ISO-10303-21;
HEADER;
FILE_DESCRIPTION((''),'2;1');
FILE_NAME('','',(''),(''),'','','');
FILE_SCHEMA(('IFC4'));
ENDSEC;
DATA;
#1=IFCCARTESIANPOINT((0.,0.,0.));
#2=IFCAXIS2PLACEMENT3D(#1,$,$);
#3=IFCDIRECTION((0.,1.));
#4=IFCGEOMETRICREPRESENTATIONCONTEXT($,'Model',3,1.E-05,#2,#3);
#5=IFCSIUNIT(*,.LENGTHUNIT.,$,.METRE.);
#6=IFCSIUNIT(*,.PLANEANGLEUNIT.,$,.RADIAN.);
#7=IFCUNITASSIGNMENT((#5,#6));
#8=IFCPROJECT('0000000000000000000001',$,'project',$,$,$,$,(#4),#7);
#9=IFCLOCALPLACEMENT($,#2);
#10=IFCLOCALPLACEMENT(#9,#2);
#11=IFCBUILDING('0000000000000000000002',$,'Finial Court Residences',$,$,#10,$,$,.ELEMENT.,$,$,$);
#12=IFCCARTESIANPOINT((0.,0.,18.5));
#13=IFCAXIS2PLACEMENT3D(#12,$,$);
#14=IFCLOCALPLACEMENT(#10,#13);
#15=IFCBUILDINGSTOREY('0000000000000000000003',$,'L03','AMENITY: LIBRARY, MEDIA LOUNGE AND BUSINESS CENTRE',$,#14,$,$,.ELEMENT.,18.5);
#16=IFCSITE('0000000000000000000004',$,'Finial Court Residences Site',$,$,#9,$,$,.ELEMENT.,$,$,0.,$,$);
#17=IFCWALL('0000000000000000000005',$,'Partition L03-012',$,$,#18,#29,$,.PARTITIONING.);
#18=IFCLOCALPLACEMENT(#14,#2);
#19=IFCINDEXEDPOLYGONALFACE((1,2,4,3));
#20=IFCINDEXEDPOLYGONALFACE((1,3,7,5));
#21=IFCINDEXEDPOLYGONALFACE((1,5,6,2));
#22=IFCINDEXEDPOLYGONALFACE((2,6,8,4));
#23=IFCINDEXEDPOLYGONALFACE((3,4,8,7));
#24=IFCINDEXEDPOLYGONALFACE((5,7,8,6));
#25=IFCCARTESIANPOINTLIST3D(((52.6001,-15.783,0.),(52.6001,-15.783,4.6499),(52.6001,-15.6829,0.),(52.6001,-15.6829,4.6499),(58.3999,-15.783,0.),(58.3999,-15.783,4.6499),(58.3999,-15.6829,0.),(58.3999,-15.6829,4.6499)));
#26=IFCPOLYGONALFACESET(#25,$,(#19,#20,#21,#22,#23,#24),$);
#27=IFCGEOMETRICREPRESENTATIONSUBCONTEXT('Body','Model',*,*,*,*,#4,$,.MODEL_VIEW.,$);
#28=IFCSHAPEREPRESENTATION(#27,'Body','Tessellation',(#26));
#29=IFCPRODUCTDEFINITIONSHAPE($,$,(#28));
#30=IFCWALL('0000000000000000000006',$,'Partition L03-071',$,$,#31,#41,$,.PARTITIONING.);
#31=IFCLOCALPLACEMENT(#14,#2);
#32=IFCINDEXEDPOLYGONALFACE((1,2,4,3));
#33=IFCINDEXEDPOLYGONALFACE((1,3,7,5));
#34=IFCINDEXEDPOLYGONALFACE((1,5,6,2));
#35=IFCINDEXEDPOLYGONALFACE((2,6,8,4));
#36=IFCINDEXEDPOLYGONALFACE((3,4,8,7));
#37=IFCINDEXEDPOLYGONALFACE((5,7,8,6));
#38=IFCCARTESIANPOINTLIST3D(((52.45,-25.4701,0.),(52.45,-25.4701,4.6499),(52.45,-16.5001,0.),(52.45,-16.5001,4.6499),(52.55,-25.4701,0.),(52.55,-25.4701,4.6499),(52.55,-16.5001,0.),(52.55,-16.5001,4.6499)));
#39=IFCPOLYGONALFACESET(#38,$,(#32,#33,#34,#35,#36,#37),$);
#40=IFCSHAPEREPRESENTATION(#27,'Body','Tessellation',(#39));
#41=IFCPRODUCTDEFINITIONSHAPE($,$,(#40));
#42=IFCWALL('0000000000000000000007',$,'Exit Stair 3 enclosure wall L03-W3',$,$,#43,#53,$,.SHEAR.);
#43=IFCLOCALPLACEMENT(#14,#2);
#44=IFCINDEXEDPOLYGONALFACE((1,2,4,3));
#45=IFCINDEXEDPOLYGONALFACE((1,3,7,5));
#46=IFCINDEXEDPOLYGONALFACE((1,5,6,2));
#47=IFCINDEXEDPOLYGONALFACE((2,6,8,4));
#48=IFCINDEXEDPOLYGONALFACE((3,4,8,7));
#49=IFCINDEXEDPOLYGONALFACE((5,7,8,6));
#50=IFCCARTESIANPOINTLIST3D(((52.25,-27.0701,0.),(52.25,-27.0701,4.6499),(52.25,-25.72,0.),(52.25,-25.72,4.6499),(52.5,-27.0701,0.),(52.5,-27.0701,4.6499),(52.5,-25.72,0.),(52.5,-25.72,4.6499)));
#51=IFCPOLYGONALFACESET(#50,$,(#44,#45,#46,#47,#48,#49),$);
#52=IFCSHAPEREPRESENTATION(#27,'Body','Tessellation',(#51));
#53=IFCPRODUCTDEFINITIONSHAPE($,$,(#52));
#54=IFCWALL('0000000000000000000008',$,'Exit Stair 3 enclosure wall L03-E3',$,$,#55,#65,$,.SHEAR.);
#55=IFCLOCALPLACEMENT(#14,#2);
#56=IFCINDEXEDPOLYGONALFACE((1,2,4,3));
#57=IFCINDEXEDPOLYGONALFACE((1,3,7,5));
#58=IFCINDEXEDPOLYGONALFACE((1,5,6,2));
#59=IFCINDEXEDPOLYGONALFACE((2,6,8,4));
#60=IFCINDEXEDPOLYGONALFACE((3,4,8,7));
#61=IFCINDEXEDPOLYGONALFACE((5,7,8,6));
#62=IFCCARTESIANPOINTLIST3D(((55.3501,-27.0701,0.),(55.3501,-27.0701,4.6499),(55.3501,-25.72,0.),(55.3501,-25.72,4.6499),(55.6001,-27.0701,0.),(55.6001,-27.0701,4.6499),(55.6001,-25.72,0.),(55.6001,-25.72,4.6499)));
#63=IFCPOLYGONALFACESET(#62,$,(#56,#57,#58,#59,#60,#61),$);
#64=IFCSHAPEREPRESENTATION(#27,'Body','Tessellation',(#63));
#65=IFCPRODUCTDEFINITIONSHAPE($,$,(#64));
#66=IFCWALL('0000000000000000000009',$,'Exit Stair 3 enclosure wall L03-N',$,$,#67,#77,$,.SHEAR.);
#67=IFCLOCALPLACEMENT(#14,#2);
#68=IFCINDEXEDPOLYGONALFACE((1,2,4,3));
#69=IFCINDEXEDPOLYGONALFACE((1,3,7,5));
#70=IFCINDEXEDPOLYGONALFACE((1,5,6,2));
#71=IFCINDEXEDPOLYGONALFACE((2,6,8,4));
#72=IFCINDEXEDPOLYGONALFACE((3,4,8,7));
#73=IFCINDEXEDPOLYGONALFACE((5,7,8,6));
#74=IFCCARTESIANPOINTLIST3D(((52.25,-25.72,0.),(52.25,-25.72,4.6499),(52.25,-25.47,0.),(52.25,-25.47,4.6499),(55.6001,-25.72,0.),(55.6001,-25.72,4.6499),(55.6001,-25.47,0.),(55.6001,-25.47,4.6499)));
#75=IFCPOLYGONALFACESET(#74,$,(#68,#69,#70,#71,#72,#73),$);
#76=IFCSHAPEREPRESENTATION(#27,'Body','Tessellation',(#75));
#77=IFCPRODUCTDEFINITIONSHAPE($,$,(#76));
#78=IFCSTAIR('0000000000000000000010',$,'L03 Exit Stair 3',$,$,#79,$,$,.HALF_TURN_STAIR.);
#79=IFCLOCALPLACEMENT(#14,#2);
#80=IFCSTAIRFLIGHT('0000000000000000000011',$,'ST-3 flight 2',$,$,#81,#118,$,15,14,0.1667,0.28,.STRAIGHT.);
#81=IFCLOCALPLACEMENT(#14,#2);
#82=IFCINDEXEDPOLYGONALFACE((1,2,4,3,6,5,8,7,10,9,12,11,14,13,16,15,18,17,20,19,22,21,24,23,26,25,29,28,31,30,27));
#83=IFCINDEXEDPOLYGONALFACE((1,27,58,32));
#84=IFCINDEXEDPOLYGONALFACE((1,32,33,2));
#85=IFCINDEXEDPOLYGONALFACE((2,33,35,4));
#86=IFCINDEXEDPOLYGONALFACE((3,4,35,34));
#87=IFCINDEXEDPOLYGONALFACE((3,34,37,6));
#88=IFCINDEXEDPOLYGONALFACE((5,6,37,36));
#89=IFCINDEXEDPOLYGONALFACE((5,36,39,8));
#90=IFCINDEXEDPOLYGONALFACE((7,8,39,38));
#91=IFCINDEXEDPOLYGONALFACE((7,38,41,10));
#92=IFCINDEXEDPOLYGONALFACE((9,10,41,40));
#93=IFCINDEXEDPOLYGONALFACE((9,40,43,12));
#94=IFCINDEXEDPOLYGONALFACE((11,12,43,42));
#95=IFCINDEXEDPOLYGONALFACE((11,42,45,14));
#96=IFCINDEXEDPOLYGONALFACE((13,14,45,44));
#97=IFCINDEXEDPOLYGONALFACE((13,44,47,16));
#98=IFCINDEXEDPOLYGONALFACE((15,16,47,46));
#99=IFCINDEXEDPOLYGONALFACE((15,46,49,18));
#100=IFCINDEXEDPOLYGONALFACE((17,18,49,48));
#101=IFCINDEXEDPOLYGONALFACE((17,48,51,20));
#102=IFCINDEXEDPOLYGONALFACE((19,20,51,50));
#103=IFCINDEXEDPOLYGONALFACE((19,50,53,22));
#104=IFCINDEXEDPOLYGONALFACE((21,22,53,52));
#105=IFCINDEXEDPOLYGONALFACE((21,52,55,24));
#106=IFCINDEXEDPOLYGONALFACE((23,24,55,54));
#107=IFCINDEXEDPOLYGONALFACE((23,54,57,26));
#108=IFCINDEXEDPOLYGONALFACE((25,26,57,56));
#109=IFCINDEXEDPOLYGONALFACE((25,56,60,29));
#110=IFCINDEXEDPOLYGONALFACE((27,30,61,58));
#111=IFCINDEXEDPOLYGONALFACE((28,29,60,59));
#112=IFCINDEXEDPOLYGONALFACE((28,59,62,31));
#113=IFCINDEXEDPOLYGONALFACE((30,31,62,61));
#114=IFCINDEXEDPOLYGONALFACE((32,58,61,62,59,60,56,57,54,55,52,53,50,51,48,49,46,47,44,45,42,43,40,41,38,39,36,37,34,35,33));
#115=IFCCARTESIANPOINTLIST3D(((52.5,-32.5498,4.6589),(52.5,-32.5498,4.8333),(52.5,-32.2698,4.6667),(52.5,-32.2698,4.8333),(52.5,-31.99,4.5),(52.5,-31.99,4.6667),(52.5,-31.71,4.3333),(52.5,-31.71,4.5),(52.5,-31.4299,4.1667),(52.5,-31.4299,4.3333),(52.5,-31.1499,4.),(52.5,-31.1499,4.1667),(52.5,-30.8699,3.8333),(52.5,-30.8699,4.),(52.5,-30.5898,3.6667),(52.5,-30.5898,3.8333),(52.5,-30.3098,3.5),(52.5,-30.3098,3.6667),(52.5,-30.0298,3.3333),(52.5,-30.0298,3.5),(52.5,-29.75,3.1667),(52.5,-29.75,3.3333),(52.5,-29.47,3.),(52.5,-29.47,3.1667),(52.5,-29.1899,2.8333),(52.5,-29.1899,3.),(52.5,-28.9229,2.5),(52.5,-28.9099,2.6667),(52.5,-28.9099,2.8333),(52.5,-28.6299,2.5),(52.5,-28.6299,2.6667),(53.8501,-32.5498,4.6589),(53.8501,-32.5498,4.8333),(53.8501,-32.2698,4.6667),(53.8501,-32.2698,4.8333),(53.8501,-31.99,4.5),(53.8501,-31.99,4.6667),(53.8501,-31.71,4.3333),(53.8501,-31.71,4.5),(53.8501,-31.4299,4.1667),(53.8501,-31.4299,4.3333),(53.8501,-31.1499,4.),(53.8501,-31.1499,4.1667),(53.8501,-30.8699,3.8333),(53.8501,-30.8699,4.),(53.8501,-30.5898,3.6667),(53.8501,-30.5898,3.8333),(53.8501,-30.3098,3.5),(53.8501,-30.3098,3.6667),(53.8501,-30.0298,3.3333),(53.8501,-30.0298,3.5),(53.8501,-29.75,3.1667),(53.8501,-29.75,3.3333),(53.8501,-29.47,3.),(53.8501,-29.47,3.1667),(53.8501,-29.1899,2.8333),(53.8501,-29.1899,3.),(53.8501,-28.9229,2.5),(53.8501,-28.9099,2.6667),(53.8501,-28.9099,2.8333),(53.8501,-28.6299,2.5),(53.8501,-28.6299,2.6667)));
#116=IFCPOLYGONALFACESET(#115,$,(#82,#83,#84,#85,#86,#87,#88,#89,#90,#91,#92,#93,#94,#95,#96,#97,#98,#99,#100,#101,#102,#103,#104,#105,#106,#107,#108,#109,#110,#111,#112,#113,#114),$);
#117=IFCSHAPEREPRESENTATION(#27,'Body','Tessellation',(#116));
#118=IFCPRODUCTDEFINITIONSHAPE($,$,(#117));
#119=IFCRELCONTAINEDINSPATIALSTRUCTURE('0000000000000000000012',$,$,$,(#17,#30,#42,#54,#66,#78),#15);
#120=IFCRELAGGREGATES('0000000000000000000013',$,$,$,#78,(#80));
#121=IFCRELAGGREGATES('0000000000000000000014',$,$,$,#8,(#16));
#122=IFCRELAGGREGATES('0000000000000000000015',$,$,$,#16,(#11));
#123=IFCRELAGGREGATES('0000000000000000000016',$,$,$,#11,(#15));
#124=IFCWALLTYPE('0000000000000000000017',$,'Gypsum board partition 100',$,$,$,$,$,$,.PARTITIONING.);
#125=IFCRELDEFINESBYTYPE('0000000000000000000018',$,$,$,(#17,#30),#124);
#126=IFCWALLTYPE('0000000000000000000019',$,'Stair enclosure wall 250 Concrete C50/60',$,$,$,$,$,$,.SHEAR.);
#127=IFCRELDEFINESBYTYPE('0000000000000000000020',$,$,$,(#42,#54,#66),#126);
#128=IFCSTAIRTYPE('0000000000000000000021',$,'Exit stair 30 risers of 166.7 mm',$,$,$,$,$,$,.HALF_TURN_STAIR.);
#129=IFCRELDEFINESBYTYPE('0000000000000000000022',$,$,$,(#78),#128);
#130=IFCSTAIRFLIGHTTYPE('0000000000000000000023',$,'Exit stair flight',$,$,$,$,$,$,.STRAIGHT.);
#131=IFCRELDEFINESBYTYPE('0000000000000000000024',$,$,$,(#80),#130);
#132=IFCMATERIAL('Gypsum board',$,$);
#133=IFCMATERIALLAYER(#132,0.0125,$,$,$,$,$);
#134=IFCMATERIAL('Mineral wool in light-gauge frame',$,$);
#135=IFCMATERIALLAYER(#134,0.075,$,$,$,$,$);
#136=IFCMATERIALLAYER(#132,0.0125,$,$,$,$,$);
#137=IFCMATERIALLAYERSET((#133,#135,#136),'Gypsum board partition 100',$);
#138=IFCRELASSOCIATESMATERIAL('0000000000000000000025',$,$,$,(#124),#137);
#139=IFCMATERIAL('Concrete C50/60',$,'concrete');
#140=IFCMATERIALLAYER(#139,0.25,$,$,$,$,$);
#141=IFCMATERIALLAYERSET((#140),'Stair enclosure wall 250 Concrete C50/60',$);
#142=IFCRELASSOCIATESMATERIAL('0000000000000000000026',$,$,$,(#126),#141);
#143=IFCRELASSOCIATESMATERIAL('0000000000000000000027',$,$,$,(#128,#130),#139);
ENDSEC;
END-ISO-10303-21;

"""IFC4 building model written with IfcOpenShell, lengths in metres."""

from ifc_helpers import new_model, si_unit, direction, frame, frame_2d, origin, place, context, subcontext, project, spatial, polyline, rectangle, outline, extrude, material, layer, layer_set, type_object, element, aggregate, save


model = new_model("IFC4")

# Units and contexts
model_context = context("Model", 3, precision=1e-05, world=origin(), true_north=direction((0.0, 1.0)))
body_context = subcontext(model_context, "Body", "Model", "MODEL_VIEW")
ifc_project = project(units=[si_unit("LENGTHUNIT", "METRE"), si_unit("PLANEANGLEUNIT", "RADIAN")], contexts=[model_context])

# Site, building, storey
site_placement = place(None, origin())
site = spatial("IfcSite", under=ifc_project, at=site_placement, Name="Finial Court Residences Site", CompositionType="ELEMENT", RefElevation=0.0)
building_placement = place(site_placement, origin())
building = spatial("IfcBuilding", under=site, at=building_placement, Name="Finial Court Residences", CompositionType="ELEMENT")
storey_placement = place(building_placement, frame((0.0, 0.0, 18.5)))
storey = spatial("IfcBuildingStorey", under=building, at=storey_placement, Name="L03", Description="AMENITY: LIBRARY, MEDIA LOUNGE AND BUSINESS CENTRE", CompositionType="ELEMENT", Elevation=18.5)

# Shared definitions
ifc_material_1 = material(Name="Concrete C50/60", Category="concrete")

# Shared definitions
ifc_material_2 = material(Name="Gypsum board")

# Walls
ifc_layer_1 = layer(ifc_material_2, 0.0125)
ifc_material_3 = material(Name="Mineral wool in light-gauge frame")
ifc_layer_2 = layer(ifc_material_3, 0.075)
ifc_layer_3 = layer(ifc_material_2, 0.0125)
ifc_layer_set_1 = layer_set([ifc_layer_1, ifc_layer_2, ifc_layer_3], Name="Gypsum board partition 100")
wall_type_1 = type_object("IfcWallType", Name="Gypsum board partition 100", PredefinedType="PARTITIONING", material=ifc_layer_set_1)
wall_1_placement = place(storey_placement, frame((52.6001, -15.7329, 0.0), z_axis=(0.0, 0.0, 1.0), x_axis=(1.0, 0.0, 0.0)))
element("IfcWall", 1, at=wall_1_placement, inside=storey, type_object=wall_type_1, Name="Partition L03-012", PredefinedType="PARTITIONING", context=body_context, shape_type="SweptSolid", body=[
    extrude(rectangle(XDim=5.7998, YDim=0.1001, at=frame_2d((2.8999, 0.0))), origin(), (0.0, 0.0, 1.0), 4.6499),
])
wall_2_placement = place(storey_placement, frame((52.5, -25.47, 0.0), z_axis=(0.0, 0.0, 1.0), x_axis=(0.0, 1.0, 0.0)))
element("IfcWall", 2, at=wall_2_placement, inside=storey, type_object=wall_type_1, Name="Partition L03-071", PredefinedType="PARTITIONING", context=body_context, shape_type="SweptSolid", body=[
    extrude(rectangle(XDim=8.97, YDim=0.1001, at=frame_2d((4.4849, 0.0))), origin(), (0.0, 0.0, 1.0), 4.6499),
])
ifc_layer_4 = layer(ifc_material_1, 0.25)
ifc_layer_set_2 = layer_set([ifc_layer_4], Name="Stair enclosure wall 250 Concrete C50/60")
wall_type_2 = type_object("IfcWallType", Name="Stair enclosure wall 250 Concrete C50/60", PredefinedType="SHEAR", material=ifc_layer_set_2)
for number, where, z_axis, x_axis, name in (
    (3, (52.375, -27.0701, 0.0), (0.0, 0.0, 1.0), (0.0, 1.0, 0.0), "Exit Stair 3 enclosure wall L03-W3"),
    (4, (55.4751, -27.0701, 0.0), (0.0, 0.0, 1.0), (0.0, 1.0, 0.0), "Exit Stair 3 enclosure wall L03-E3"),
):
    element("IfcWall", number, at=place(storey_placement, frame(where, z_axis=z_axis, x_axis=x_axis)), inside=storey, type_object=wall_type_2, Name=name, PredefinedType="SHEAR", context=body_context, shape_type="SweptSolid", body=[
        extrude(rectangle(XDim=1.3501, YDim=0.25, at=frame_2d((0.675, 0.0))), origin(), (0.0, 0.0, 1.0), 4.6499),
    ])
wall_3_placement = place(storey_placement, frame((52.25, -25.595, 0.0), z_axis=(0.0, 0.0, 1.0), x_axis=(1.0, 0.0, 0.0)))
element("IfcWall", 5, at=wall_3_placement, inside=storey, type_object=wall_type_2, Name="Exit Stair 3 enclosure wall L03-N", PredefinedType="SHEAR", context=body_context, shape_type="SweptSolid", body=[
    extrude(rectangle(XDim=3.3501, YDim=0.25, at=frame_2d((1.675, 0.0))), origin(), (0.0, 0.0, 1.0), 4.6499),
])

# Stair, stair flight
stair_type = type_object("IfcStairType", Name="Exit stair 30 risers of 166.7 mm", PredefinedType="HALF_TURN_STAIR", material=ifc_material_1)
stair_placement = place(storey_placement, origin())
stair = element("IfcStair", 6, at=stair_placement, inside=storey, type_object=stair_type, Name="L03 Exit Stair 3", PredefinedType="HALF_TURN_STAIR")
stair_flight_type = type_object("IfcStairFlightType", Name="Exit stair flight", PredefinedType="STRAIGHT", material=ifc_material_1)
stair_flight_placement = place(storey_placement, frame((53.175, -28.6299, 2.5), z_axis=(0.0, 0.0, 1.0), x_axis=(0.0, -1.0, 0.0)))
stair_flight = element("IfcStairFlight", 7, at=stair_flight_placement, type_object=stair_flight_type, Name="ST-3 flight 2", NumberOfRisers=15, NumberOfTreads=14, PredefinedType="STRAIGHT", RiserHeight=0.1667, TreadLength=0.28, context=body_context, shape_type="SweptSolid", body=[
    extrude(outline(polyline([(0.0, 0.0), (0.0, 0.1667), (0.28, 0.1667), (0.28, 0.3333), (0.5601, 0.3333), (0.5601, 0.5), (0.8401, 0.5), (0.8401, 0.6667), (1.1201, 0.6667), (1.1201, 0.8333), (1.3999, 0.8333), (1.3999, 1.0), (1.6799, 1.0), (1.6799, 1.1667), (1.96, 1.1667), (1.96, 1.3333), (2.24, 1.3333), (2.24, 1.5), (2.52, 1.5), (2.52, 1.6667), (2.8, 1.6667), (2.8, 1.8333), (3.0801, 1.8333), (3.0801, 2.0), (3.3601, 2.0), (3.3601, 2.1667), (3.6399, 2.1667), (3.6399, 2.3333), (3.9199, 2.3333), (3.9199, 2.5), (3.9199, 2.1589), (0.293, 0.0), (0.0, 0.0)])), frame((0.0, 0.675, 0.0), z_axis=(0.0, -1.0, 0.0), x_axis=(1.0, 0.0, 0.0)), (0.0, 0.0, 1.0), 1.3501),
])
aggregate(stair, [stair_flight])

save(model, "model.ifc")
